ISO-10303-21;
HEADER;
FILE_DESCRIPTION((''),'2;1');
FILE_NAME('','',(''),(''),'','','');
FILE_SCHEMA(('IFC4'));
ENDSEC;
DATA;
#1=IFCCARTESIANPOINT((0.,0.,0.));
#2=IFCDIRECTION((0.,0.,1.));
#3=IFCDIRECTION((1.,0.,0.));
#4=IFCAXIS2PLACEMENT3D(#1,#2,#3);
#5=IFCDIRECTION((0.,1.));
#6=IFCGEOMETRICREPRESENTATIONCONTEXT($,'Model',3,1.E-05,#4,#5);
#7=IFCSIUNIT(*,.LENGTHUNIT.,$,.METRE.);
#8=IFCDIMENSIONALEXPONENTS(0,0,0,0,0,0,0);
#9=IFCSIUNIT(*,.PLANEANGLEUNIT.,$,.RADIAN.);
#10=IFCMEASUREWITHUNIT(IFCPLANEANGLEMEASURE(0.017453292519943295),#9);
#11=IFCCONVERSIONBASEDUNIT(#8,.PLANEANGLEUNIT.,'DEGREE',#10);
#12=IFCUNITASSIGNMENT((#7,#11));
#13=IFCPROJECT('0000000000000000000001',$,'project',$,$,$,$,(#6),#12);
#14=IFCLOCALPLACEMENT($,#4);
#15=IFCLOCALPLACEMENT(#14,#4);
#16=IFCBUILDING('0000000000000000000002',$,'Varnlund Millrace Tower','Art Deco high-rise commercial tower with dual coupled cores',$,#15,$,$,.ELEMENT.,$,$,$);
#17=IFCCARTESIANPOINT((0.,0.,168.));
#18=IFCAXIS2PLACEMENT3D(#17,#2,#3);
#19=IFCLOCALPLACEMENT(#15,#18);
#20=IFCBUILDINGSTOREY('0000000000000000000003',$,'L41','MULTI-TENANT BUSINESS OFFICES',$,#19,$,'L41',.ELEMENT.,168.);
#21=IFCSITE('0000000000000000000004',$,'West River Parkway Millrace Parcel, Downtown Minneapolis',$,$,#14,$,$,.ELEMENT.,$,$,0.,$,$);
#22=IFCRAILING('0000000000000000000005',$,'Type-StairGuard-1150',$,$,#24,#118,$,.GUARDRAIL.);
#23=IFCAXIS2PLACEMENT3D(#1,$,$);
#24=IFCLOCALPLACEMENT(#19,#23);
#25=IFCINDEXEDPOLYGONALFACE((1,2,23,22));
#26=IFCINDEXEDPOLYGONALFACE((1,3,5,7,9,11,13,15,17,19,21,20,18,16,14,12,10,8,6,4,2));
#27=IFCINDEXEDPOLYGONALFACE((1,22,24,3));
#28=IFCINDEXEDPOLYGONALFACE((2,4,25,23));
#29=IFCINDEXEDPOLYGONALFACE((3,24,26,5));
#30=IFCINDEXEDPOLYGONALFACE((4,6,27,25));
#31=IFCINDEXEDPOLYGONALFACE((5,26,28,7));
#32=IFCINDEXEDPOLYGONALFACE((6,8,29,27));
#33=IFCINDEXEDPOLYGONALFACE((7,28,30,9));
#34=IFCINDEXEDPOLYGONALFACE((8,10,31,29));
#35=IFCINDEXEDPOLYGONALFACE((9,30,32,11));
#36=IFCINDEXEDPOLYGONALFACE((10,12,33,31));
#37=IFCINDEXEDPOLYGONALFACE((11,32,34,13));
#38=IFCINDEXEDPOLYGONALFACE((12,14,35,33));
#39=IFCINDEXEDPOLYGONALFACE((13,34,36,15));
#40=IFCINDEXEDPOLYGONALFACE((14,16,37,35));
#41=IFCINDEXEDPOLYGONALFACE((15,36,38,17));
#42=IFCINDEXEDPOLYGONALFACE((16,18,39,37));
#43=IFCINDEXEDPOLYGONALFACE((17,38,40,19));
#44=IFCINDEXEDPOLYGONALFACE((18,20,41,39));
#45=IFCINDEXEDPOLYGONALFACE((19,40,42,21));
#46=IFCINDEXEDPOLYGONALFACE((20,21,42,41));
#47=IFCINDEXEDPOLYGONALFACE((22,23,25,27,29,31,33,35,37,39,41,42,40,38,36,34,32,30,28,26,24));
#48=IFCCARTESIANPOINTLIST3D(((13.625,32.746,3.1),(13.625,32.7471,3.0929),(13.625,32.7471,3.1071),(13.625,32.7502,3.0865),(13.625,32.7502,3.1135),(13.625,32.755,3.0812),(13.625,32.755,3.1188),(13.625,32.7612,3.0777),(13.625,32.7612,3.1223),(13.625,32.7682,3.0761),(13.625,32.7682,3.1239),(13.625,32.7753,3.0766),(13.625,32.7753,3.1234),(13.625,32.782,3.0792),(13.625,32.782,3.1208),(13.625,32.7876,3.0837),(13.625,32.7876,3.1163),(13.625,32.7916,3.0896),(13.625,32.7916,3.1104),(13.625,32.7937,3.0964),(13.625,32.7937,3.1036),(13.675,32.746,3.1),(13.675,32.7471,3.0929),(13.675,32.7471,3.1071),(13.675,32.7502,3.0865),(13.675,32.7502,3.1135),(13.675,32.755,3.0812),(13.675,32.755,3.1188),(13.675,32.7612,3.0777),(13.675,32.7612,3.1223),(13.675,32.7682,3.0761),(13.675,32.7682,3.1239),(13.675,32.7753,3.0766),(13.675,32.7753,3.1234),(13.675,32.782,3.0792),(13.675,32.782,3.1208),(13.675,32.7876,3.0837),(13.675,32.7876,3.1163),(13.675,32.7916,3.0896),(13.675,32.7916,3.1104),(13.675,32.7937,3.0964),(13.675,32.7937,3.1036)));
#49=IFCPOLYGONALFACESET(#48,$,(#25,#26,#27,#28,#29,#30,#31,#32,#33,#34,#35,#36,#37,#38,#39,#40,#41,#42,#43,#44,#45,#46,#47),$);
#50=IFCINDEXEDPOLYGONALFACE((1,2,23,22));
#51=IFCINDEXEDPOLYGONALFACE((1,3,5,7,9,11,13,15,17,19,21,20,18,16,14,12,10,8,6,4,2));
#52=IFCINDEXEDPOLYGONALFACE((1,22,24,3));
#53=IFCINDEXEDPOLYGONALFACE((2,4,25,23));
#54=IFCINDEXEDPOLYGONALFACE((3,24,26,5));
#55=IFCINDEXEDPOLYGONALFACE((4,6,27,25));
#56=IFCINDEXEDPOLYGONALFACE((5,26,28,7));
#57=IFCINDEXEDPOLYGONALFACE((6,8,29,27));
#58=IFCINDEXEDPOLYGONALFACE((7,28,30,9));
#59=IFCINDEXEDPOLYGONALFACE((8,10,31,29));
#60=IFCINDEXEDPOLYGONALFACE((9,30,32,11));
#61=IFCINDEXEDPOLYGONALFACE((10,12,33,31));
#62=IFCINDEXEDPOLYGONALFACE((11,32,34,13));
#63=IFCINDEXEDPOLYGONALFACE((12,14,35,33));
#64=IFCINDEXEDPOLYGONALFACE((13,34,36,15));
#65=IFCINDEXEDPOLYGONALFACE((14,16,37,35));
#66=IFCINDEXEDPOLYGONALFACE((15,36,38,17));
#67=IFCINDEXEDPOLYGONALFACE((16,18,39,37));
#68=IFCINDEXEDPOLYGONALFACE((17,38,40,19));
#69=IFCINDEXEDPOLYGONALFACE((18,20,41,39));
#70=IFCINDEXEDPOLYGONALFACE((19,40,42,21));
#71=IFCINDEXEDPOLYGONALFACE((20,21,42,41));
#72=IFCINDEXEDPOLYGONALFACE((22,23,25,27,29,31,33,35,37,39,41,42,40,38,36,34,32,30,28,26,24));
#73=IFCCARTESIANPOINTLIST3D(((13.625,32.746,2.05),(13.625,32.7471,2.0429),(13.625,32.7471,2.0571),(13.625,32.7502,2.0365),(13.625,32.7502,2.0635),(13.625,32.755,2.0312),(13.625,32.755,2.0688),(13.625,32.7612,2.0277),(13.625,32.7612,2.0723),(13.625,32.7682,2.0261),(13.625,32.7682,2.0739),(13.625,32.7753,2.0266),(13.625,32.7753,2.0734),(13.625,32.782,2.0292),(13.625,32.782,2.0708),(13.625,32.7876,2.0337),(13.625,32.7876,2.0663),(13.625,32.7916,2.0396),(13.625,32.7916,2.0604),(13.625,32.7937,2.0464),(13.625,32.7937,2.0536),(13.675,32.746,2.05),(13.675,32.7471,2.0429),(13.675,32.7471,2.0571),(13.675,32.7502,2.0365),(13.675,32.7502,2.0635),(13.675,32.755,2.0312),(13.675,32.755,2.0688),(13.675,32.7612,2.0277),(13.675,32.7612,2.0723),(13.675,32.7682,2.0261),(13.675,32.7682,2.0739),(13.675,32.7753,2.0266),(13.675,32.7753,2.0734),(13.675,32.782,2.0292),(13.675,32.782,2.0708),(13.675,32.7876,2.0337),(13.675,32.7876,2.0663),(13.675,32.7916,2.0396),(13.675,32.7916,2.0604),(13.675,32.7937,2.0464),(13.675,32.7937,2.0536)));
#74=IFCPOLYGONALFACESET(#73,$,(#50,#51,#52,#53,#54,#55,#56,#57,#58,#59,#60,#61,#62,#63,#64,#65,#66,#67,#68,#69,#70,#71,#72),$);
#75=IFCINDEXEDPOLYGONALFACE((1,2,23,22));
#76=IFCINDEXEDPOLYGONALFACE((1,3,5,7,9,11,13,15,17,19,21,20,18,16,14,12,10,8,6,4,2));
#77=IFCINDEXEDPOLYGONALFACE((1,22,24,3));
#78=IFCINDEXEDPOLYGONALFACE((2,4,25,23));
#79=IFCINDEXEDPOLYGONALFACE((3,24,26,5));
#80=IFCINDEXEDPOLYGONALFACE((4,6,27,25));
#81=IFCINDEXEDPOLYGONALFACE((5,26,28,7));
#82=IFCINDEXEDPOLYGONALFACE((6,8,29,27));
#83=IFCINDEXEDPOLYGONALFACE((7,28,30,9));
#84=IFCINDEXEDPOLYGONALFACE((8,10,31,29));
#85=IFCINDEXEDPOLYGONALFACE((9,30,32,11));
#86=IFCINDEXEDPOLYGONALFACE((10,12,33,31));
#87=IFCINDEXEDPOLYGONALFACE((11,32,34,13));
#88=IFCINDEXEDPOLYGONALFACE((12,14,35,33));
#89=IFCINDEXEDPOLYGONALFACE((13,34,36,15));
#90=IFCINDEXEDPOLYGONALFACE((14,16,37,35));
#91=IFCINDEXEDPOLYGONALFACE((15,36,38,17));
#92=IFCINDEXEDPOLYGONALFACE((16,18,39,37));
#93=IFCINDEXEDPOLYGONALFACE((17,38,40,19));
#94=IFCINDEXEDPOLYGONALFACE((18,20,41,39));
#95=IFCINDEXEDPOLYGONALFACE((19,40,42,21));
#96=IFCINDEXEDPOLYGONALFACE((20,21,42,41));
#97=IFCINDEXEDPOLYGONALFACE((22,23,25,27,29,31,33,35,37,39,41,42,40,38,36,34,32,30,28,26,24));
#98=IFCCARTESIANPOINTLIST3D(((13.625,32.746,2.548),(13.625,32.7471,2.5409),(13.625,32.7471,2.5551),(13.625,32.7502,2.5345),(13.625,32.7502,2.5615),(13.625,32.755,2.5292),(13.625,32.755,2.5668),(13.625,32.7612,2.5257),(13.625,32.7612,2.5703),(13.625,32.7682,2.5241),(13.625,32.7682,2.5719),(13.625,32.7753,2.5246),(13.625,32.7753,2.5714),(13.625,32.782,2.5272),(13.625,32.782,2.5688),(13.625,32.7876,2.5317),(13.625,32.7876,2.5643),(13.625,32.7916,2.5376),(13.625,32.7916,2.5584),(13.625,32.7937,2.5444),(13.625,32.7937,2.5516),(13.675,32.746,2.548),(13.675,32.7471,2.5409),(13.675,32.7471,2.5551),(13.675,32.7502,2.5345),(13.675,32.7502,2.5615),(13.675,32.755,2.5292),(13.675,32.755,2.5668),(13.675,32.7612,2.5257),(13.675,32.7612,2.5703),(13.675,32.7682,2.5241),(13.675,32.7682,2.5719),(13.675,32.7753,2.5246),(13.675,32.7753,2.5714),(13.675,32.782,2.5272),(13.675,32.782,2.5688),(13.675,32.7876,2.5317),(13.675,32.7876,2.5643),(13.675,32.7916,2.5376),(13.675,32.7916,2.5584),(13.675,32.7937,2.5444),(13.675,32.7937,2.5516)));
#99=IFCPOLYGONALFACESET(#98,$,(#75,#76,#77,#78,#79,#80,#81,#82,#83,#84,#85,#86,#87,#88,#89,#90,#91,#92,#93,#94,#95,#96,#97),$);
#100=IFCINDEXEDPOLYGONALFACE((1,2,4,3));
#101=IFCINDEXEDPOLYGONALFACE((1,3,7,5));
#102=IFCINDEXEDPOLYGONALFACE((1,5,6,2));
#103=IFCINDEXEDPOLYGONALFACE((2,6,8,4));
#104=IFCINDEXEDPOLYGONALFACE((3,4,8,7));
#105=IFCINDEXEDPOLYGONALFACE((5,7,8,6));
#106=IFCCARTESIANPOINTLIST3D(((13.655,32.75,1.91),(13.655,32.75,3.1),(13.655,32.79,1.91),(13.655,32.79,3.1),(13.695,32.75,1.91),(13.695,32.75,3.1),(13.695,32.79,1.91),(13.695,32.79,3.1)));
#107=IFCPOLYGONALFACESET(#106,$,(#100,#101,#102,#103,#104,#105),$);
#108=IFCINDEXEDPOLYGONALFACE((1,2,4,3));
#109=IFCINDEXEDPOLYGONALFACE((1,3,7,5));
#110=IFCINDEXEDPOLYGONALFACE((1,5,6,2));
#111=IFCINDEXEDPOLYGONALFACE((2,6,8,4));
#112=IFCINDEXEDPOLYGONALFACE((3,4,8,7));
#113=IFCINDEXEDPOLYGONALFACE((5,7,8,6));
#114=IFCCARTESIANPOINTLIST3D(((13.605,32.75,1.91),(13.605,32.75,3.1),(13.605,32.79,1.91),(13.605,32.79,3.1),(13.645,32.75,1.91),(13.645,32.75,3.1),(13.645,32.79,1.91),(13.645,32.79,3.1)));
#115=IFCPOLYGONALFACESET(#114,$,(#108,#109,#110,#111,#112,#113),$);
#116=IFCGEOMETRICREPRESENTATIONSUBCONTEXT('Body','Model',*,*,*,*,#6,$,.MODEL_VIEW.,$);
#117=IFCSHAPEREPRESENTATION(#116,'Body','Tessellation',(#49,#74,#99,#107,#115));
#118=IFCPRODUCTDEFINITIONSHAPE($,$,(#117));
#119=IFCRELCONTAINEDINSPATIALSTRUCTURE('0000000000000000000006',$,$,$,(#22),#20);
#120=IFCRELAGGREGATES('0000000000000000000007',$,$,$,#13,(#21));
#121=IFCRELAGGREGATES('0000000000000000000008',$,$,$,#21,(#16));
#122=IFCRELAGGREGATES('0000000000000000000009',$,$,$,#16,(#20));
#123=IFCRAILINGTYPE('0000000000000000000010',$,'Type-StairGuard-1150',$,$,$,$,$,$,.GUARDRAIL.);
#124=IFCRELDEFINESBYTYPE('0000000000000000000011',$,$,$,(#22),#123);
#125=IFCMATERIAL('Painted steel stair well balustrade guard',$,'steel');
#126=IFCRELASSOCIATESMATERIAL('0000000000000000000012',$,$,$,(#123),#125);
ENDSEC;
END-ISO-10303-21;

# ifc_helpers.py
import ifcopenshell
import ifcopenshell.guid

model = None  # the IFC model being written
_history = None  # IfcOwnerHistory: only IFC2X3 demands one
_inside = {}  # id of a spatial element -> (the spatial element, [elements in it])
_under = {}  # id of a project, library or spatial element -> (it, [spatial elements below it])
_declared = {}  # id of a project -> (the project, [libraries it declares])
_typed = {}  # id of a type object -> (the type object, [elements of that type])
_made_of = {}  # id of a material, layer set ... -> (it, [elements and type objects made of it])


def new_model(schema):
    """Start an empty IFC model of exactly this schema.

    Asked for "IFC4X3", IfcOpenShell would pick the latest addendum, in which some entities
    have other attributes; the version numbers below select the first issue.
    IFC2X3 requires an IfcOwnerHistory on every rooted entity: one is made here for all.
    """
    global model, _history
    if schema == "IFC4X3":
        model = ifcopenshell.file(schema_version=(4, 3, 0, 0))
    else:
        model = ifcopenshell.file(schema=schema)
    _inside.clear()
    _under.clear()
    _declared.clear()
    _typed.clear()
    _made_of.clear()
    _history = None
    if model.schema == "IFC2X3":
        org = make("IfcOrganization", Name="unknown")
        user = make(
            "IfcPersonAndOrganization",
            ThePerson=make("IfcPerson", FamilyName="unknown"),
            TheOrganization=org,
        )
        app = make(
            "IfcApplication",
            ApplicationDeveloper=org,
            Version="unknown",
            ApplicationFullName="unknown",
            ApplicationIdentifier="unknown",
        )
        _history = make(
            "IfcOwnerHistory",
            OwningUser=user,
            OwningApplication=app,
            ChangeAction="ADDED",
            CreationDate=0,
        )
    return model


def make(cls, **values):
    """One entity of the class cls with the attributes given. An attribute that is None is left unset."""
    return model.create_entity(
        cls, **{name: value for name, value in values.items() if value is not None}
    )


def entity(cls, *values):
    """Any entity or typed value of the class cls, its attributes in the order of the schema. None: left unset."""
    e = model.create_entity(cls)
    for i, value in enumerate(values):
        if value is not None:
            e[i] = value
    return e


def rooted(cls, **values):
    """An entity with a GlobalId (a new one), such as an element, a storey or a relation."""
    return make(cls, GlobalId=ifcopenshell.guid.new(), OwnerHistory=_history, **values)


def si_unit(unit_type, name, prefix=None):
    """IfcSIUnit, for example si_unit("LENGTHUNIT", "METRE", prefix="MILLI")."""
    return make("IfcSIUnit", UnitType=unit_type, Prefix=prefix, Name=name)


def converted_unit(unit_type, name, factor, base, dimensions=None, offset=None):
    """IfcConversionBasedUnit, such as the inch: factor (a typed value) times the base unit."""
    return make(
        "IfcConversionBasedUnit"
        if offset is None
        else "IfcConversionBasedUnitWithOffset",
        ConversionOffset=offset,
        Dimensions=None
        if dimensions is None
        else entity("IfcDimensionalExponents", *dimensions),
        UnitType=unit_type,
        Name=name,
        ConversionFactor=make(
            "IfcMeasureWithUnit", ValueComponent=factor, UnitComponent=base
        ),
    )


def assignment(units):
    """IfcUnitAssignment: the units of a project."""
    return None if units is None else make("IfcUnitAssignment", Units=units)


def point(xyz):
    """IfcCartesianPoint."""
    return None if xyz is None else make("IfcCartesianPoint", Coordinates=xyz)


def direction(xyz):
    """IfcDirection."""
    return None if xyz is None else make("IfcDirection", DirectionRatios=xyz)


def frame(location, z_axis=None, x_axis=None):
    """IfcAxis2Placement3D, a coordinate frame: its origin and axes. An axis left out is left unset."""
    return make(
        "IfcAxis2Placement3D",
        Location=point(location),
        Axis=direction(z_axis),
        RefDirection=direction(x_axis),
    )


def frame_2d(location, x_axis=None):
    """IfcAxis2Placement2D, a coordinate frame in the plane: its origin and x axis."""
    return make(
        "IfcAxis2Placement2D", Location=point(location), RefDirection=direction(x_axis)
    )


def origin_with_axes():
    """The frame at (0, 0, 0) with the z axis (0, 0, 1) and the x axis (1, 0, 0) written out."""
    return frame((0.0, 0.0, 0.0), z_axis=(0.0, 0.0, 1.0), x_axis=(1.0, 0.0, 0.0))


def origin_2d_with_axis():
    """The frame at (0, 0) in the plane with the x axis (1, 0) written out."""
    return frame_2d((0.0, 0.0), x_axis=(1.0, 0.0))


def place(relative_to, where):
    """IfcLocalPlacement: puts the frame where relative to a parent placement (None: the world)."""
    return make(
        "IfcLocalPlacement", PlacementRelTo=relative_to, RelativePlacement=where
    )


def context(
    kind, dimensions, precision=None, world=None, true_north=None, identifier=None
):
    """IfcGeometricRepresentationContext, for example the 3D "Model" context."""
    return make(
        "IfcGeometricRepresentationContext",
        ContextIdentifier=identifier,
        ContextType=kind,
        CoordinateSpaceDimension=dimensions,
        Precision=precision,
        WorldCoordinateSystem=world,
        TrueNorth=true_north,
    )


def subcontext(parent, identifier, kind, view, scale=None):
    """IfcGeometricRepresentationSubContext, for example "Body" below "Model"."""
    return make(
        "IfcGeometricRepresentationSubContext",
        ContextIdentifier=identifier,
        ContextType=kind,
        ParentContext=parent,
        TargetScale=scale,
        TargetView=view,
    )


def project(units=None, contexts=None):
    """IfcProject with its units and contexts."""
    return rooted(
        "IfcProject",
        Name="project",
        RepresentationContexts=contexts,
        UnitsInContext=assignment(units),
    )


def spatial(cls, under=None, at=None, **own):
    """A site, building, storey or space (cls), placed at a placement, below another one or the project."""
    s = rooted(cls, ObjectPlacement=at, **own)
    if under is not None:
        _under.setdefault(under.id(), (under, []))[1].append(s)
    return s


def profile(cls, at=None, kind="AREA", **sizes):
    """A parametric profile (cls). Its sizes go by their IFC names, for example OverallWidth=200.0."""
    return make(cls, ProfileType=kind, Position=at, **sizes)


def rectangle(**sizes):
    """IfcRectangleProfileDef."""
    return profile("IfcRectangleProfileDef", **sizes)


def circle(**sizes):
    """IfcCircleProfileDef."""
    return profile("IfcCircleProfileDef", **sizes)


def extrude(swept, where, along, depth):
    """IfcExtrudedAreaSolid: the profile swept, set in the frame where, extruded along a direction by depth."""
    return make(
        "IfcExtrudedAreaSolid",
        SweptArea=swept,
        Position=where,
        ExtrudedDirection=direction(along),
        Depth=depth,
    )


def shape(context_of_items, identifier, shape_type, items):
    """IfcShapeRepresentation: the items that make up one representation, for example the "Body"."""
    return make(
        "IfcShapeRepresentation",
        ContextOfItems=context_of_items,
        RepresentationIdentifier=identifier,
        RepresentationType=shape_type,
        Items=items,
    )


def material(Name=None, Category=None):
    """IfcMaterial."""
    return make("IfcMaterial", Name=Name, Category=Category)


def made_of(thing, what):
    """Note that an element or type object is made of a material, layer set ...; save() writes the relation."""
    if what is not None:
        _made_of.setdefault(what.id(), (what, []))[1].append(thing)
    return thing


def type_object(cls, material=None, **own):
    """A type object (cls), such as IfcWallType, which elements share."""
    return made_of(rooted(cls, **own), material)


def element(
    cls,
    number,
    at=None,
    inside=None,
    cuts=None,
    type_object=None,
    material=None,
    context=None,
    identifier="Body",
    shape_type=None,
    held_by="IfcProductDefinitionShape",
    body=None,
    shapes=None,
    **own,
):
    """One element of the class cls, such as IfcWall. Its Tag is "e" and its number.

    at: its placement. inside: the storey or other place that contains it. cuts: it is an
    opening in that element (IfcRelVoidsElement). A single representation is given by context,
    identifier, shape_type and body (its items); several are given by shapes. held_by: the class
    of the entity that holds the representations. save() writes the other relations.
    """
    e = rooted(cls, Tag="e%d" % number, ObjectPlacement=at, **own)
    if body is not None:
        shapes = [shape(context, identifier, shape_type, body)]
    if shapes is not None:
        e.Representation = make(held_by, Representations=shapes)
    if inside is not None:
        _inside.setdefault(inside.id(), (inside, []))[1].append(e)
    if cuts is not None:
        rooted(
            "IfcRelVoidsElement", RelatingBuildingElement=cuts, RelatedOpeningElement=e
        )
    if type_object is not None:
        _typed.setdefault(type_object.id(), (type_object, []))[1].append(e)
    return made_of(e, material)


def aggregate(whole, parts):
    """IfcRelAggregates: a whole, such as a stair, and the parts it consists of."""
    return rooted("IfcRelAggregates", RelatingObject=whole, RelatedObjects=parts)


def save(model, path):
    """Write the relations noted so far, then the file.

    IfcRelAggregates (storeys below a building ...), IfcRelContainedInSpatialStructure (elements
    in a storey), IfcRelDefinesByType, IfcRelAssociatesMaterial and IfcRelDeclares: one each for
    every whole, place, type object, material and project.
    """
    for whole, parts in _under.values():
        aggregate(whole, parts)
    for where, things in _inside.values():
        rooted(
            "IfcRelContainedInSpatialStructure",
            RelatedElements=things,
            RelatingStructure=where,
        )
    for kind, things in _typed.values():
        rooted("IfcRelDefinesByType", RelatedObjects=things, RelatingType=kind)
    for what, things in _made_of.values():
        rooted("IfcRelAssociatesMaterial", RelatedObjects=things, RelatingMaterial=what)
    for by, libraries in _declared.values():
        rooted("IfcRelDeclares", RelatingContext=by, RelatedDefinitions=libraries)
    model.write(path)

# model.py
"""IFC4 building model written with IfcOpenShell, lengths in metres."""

from ifc_helpers import new_model, entity, si_unit, converted_unit, direction, frame, origin_with_axes, origin_2d_with_axis, place, context, subcontext, project, spatial, rectangle, circle, extrude, material, type_object, element, save


model = new_model("IFC4")

# Units and contexts
model_context = context("Model", 3, precision=1e-05, world=origin_with_axes(), true_north=direction((0.0, 1.0)))
body_context = subcontext(model_context, "Body", "Model", "MODEL_VIEW")
ifc_project = project(units=[si_unit("LENGTHUNIT", "METRE"), converted_unit("PLANEANGLEUNIT", "DEGREE", entity("IfcPlaneAngleMeasure", 0.017453292519943295), si_unit("PLANEANGLEUNIT", "RADIAN"), dimensions=[0, 0, 0, 0, 0, 0, 0])], contexts=[model_context])

# Site, building, storey
site_placement = place(None, origin_with_axes())
site = spatial("IfcSite", under=ifc_project, at=site_placement, Name="West River Parkway Millrace Parcel, Downtown Minneapolis", CompositionType="ELEMENT", RefElevation=0.0)
building_placement = place(site_placement, origin_with_axes())
building = spatial("IfcBuilding", under=site, at=building_placement, Name="Varnlund Millrace Tower", Description="Art Deco high-rise commercial tower with dual coupled cores", CompositionType="ELEMENT")
storey_placement = place(building_placement, frame((0.0, 0.0, 168.0), z_axis=(0.0, 0.0, 1.0), x_axis=(1.0, 0.0, 0.0)))
storey = spatial("IfcBuildingStorey", under=building, at=storey_placement, Name="L41", Description="MULTI-TENANT BUSINESS OFFICES", LongName="L41", CompositionType="ELEMENT", Elevation=168.0)

# Railing
ifc_material_1 = material(Name="Painted steel stair well balustrade guard", Category="steel")
railing_type_1 = type_object("IfcRailingType", Name="Type-StairGuard-1150", PredefinedType="GUARDRAIL", material=ifc_material_1)
railing_1_placement = place(storey_placement, frame((0.0, 0.0, -168.0), z_axis=(0.0, 0.0, 1.0), x_axis=(1.0, 0.0, 0.0)))
element("IfcRailing", 1, at=railing_1_placement, inside=storey, type_object=railing_type_1, Name="Type-StairGuard-1150", PredefinedType="GUARDRAIL", context=body_context, shape_type="SweptSolid", body=[
    extrude(circle(Radius=0.024, at=origin_2d_with_axis()), frame((13.675, 32.77, 171.1), z_axis=(-1.0, 0.0, 0.0), x_axis=(0.0, -1.0, 0.0)), (0.0, 0.0, 1.0), 0.05),
    extrude(circle(Radius=0.024, at=origin_2d_with_axis()), frame((13.675, 32.77, 170.05), z_axis=(-1.0, 0.0, 0.0), x_axis=(0.0, -1.0, 0.0)), (0.0, 0.0, 1.0), 0.05),
    extrude(circle(Radius=0.024, at=origin_2d_with_axis()), frame((13.675, 32.77, 170.548), z_axis=(-1.0, 0.0, 0.0), x_axis=(0.0, -1.0, 0.0)), (0.0, 0.0, 1.0), 0.05),
    extrude(rectangle(XDim=0.04, YDim=0.04, at=origin_2d_with_axis()), frame((13.675, 32.77, 169.91), z_axis=(0.0, 0.0, 1.0), x_axis=(1.0, 0.0, 0.0)), (0.0, 0.0, 1.0), 1.19),
    extrude(rectangle(XDim=0.04, YDim=0.04, at=origin_2d_with_axis()), frame((13.625, 32.77, 169.91), z_axis=(0.0, 0.0, 1.0), x_axis=(1.0, 0.0, 0.0)), (0.0, 0.0, 1.0), 1.19),
])

save(model, "model.ifc")
